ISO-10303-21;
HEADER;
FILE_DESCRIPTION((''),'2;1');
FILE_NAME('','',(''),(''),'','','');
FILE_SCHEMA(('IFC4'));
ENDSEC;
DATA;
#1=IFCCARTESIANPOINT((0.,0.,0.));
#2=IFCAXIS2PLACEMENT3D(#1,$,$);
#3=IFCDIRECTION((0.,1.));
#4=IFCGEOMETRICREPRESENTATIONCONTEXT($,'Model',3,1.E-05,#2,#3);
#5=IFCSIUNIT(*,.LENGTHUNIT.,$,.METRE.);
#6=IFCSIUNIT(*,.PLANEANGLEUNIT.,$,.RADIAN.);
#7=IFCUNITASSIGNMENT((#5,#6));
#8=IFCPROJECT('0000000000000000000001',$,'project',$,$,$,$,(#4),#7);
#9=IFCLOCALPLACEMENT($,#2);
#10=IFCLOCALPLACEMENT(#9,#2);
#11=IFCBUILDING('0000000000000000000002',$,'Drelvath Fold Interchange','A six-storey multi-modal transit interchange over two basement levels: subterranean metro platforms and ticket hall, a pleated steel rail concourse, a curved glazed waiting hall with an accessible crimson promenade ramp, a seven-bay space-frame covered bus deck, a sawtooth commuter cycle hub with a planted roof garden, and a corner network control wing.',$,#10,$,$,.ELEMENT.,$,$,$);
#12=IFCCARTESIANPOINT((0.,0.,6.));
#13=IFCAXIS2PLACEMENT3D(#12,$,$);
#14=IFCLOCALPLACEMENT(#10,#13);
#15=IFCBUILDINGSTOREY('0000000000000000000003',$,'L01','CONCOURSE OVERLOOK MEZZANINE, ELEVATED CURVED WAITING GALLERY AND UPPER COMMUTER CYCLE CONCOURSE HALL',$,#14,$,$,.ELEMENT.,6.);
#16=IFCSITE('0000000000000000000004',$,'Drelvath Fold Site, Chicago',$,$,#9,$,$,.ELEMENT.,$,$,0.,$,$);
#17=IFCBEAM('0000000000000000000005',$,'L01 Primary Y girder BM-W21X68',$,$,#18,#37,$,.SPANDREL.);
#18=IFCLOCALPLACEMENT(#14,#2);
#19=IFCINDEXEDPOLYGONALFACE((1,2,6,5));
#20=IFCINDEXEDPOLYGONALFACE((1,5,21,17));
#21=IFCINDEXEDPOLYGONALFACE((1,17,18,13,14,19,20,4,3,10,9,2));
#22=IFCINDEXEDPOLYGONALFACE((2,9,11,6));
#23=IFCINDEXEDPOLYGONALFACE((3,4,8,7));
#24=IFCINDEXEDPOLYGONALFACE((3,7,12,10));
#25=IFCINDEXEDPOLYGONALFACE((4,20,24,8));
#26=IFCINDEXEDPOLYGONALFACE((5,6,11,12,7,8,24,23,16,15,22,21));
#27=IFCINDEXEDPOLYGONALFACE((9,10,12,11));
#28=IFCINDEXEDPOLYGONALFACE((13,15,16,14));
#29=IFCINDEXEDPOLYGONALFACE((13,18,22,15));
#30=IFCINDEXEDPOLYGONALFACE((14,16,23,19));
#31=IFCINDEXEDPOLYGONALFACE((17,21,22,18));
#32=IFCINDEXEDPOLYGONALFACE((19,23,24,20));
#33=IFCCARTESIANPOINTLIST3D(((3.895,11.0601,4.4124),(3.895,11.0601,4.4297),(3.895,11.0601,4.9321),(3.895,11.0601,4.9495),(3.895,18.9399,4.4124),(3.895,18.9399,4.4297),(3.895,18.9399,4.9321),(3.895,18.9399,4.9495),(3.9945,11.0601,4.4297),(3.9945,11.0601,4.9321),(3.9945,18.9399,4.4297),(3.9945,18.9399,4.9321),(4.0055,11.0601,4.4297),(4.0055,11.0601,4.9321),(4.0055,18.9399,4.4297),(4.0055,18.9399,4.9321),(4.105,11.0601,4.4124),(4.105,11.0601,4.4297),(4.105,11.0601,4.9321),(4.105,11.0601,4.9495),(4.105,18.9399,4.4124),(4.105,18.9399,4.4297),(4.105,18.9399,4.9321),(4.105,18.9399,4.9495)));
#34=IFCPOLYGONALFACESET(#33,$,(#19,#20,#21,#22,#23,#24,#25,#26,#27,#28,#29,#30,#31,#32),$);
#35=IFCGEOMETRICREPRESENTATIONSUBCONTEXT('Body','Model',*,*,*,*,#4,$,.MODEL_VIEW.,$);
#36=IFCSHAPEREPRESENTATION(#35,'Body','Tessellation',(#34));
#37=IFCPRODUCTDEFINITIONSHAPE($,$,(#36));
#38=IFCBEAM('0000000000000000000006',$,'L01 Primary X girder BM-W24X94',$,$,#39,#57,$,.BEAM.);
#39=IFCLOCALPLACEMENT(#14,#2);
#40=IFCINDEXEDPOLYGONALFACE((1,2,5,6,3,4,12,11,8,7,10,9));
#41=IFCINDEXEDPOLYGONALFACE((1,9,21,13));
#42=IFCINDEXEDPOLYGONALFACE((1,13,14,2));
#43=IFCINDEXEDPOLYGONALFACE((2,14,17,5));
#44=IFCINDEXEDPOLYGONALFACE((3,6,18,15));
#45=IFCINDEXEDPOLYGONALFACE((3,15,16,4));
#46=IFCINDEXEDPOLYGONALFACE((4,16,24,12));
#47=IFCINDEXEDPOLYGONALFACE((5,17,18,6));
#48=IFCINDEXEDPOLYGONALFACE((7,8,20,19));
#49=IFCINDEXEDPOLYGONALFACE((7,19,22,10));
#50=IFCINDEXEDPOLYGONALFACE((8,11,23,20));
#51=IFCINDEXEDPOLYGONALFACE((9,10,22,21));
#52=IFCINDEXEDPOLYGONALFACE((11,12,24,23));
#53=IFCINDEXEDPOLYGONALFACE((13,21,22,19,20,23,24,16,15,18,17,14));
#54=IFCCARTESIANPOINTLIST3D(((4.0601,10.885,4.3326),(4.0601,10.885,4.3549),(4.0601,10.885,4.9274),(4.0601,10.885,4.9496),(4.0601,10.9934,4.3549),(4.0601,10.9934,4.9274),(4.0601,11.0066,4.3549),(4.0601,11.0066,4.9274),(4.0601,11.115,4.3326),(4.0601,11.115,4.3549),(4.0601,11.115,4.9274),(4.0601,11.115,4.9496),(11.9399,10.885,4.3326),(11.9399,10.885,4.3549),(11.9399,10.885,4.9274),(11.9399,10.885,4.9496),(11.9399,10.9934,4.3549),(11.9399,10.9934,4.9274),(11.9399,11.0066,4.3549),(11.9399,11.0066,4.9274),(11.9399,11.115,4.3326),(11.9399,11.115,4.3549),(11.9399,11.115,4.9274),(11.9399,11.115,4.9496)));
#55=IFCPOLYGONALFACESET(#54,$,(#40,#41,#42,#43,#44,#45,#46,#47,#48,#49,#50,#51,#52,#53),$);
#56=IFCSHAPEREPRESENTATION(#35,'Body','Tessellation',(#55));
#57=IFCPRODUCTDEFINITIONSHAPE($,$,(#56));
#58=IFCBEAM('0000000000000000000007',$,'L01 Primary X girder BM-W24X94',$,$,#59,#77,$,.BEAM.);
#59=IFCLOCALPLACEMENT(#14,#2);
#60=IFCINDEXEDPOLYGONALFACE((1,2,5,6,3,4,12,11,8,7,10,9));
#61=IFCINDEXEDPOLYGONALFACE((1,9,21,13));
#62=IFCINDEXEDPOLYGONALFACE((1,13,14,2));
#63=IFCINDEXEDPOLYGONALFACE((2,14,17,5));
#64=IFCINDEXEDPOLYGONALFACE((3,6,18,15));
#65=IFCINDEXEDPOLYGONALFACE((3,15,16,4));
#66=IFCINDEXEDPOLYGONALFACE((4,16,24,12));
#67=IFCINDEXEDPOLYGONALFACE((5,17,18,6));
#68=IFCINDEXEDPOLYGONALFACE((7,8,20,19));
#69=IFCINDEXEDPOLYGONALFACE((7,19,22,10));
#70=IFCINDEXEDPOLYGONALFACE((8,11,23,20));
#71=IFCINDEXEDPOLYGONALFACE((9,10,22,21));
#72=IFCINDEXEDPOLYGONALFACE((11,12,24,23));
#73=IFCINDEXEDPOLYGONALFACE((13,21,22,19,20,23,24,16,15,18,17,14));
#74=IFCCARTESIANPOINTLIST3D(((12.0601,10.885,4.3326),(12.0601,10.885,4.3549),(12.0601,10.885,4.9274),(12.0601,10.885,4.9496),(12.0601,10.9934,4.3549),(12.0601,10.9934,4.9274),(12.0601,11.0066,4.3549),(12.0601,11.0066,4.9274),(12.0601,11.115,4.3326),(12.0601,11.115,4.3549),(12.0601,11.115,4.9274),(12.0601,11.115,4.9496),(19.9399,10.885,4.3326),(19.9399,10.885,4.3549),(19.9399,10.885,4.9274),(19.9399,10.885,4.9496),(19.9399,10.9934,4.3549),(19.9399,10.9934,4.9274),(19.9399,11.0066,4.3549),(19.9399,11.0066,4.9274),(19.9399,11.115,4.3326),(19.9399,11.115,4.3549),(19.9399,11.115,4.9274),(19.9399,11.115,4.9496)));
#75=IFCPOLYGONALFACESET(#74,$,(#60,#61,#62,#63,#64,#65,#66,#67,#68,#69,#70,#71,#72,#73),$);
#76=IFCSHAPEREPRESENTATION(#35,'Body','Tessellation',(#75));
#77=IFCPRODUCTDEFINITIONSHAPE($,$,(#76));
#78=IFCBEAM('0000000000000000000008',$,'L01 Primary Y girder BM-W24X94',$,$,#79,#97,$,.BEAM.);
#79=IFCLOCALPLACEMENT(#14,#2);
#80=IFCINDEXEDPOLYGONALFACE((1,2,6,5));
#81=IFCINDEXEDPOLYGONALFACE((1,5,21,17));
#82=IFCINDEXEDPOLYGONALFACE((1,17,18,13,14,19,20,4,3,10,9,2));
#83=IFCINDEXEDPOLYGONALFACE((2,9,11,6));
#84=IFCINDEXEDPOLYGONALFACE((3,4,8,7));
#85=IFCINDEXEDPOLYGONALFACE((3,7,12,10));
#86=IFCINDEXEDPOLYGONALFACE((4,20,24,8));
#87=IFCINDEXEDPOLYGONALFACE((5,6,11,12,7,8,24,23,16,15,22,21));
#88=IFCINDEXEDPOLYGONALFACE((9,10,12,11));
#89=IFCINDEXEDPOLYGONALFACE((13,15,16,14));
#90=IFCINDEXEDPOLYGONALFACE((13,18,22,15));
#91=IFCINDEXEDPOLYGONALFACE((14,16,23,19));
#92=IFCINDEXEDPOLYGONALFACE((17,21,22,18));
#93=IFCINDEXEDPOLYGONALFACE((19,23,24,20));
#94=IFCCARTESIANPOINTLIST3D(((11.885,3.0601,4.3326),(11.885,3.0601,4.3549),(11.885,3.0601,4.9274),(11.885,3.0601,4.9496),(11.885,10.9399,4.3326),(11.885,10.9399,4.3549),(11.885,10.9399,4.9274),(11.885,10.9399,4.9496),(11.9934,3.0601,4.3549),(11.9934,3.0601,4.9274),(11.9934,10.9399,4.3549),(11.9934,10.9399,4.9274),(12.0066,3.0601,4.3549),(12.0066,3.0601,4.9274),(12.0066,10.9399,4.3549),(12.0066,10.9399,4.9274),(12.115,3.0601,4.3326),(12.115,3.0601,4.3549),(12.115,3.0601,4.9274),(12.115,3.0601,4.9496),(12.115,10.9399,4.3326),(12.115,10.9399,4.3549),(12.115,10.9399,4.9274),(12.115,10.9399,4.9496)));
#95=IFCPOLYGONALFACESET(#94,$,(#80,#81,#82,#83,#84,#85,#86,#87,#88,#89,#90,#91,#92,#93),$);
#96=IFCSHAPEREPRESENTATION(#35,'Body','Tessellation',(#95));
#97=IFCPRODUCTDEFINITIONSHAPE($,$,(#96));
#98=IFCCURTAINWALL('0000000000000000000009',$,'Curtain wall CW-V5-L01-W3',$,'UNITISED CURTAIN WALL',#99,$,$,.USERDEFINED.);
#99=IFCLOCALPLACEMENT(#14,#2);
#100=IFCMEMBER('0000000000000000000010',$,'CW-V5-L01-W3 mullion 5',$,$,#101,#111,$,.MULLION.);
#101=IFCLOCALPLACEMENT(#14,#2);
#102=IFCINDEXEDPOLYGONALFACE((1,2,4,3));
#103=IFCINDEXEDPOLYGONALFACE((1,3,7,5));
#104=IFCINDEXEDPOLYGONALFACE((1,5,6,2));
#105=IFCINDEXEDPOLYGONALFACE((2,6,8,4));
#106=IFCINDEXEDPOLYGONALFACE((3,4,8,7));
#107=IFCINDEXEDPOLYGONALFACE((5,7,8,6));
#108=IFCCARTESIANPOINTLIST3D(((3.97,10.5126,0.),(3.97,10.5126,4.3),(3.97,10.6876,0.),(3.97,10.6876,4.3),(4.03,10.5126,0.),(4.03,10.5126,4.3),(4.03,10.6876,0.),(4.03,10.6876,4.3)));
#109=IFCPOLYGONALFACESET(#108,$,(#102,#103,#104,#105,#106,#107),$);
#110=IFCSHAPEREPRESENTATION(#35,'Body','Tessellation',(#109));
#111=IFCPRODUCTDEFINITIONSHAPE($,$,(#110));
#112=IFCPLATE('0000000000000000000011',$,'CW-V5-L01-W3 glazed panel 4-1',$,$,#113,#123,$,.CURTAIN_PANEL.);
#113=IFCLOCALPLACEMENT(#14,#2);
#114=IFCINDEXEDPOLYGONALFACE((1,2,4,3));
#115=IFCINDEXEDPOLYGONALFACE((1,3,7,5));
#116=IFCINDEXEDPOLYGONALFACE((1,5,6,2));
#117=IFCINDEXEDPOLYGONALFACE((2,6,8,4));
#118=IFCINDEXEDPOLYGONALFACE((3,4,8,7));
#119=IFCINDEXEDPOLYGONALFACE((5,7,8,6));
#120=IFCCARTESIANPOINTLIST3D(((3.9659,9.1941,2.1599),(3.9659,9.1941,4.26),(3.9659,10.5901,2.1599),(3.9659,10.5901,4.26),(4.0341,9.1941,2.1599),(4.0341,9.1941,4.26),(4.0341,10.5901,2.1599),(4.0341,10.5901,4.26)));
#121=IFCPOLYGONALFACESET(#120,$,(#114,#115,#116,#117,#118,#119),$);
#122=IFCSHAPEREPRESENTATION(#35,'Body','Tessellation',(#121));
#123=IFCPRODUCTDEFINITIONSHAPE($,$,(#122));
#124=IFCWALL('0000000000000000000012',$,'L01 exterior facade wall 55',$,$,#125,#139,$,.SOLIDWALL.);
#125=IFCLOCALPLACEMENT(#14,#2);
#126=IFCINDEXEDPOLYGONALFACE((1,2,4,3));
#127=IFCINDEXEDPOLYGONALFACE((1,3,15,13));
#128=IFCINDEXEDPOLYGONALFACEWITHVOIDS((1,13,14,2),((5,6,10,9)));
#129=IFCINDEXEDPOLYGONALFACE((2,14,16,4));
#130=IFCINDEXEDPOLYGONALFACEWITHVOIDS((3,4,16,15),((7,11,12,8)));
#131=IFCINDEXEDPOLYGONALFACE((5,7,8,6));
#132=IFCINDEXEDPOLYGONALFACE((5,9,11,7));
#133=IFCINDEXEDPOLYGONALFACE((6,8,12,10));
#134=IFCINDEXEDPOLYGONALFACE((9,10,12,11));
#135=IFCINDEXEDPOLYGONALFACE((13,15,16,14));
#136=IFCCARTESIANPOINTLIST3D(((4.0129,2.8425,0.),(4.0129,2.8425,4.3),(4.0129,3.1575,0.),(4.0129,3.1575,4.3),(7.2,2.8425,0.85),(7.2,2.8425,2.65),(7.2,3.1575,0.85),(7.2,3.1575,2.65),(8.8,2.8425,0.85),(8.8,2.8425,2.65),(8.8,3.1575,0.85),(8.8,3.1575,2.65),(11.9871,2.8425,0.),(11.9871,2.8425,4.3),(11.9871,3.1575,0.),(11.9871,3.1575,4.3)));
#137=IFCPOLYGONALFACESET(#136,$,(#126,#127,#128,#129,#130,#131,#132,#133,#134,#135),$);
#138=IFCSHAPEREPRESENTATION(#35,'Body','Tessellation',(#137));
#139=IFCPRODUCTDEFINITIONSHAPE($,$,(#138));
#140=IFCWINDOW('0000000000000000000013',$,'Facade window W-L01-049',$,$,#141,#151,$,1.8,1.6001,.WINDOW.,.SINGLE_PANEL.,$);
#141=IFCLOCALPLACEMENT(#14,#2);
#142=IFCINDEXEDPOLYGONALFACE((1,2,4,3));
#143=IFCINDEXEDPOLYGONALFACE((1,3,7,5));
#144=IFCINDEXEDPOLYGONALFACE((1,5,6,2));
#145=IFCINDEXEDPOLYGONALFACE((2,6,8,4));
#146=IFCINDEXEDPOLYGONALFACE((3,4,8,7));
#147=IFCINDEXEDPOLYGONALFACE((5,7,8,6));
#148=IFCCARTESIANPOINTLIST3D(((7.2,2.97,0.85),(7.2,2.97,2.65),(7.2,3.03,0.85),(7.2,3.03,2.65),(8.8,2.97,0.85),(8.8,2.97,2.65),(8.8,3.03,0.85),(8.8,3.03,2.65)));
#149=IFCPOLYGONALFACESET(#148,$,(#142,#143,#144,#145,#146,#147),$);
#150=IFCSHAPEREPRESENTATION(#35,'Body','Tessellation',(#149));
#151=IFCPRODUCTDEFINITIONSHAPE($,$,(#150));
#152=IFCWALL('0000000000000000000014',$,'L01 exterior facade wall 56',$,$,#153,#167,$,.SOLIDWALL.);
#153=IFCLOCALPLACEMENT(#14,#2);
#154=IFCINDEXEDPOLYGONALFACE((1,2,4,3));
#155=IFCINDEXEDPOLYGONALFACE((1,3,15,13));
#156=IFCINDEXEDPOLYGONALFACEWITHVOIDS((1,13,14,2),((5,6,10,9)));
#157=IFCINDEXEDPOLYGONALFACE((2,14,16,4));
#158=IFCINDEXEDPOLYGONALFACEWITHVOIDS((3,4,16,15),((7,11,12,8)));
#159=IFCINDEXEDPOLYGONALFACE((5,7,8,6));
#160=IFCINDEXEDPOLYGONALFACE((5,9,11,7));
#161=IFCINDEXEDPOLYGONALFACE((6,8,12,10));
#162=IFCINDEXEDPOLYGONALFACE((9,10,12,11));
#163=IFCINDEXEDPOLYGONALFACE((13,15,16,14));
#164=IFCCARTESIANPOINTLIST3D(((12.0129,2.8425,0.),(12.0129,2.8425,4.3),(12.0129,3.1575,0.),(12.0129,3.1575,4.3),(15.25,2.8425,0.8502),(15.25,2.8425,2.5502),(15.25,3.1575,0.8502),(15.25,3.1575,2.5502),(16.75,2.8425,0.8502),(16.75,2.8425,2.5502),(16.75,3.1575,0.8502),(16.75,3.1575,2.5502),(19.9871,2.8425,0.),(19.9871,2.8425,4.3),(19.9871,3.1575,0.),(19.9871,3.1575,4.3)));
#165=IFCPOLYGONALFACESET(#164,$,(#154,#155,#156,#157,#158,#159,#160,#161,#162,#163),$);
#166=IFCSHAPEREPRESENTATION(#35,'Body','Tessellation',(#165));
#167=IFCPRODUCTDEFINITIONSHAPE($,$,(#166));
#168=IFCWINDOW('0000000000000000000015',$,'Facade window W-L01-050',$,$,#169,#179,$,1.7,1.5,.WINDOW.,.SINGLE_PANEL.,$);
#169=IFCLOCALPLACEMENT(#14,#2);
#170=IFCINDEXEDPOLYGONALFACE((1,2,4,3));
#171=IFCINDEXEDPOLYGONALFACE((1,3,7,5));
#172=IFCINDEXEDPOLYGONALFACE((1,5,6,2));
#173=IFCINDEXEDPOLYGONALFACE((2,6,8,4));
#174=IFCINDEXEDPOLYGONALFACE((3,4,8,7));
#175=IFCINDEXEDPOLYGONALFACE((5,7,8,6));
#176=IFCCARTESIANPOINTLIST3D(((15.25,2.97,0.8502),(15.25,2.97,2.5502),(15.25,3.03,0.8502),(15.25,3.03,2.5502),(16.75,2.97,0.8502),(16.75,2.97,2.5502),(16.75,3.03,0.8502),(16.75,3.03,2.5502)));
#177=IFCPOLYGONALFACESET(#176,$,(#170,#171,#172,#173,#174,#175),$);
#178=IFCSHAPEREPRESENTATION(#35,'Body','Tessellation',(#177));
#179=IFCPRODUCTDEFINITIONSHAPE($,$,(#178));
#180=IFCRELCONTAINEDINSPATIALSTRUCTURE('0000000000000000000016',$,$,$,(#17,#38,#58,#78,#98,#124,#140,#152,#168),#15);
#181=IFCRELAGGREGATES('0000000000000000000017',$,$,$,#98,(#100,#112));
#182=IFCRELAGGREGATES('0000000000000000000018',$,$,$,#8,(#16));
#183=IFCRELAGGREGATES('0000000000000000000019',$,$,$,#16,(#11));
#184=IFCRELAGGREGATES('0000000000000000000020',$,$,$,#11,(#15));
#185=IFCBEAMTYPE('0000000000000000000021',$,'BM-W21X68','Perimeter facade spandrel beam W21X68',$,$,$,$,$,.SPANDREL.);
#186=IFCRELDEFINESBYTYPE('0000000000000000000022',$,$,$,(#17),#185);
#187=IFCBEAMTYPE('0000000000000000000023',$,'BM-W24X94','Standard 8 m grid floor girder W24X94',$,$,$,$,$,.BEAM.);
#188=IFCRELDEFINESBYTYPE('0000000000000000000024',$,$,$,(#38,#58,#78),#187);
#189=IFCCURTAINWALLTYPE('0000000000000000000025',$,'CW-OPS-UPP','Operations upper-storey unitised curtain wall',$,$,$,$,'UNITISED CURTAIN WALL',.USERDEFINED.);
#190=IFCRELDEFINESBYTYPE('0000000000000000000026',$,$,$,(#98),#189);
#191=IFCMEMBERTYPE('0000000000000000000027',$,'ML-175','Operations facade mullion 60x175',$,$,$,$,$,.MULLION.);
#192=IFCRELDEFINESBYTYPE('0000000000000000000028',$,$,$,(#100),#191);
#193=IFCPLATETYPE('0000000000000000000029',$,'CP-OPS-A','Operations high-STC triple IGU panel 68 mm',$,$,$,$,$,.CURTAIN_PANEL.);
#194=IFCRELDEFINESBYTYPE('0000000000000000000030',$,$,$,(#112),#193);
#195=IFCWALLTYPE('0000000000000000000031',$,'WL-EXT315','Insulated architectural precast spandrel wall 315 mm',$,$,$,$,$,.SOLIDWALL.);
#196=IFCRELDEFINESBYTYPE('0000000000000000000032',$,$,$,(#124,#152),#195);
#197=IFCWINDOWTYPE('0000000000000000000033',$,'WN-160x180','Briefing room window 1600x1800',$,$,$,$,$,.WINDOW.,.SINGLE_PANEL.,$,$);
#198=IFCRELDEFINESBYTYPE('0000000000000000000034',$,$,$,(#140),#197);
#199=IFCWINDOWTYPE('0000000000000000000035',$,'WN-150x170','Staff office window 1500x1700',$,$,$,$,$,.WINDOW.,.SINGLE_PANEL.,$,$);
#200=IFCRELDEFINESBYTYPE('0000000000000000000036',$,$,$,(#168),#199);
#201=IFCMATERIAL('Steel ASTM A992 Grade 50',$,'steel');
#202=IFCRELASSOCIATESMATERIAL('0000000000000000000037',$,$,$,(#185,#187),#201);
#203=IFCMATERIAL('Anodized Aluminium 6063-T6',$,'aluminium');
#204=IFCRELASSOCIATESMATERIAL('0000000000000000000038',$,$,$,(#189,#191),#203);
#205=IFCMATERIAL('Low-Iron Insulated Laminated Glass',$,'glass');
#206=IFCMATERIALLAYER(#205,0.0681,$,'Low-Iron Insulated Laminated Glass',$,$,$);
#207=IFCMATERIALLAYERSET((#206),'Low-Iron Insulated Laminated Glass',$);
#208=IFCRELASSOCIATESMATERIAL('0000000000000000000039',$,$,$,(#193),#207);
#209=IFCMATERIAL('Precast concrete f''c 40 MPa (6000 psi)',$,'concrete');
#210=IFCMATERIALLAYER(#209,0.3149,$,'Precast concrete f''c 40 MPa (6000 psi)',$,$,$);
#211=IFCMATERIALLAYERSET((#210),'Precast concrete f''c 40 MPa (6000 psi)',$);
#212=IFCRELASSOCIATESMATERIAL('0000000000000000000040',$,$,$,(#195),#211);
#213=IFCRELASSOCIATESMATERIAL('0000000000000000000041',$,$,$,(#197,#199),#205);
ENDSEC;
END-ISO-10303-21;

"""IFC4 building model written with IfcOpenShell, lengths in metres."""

from ifc_helpers import new_model, si_unit, direction, frame, frame_2d, origin, origin_2d, place, context, subcontext, project, spatial, rectangle, i_section, extrude, material, layer, layer_set, material_profile, profile_set, type_object, element, fill, aggregate, save


model = new_model("IFC4")

# Units and contexts
model_context = context("Model", 3, precision=1e-05, world=origin(), true_north=direction((0.0, 1.0)))
body_context = subcontext(model_context, "Body", "Model", "MODEL_VIEW")
ifc_project = project(units=[si_unit("LENGTHUNIT", "METRE"), si_unit("PLANEANGLEUNIT", "RADIAN")], contexts=[model_context])

# Site, building, storey
site_placement = place(None, origin())
site = spatial("IfcSite", under=ifc_project, at=site_placement, Name="Drelvath Fold Site, Chicago", CompositionType="ELEMENT", RefElevation=0.0)
building_placement = place(site_placement, origin())
building = spatial("IfcBuilding", under=site, at=building_placement, Name="Drelvath Fold Interchange", Description="A six-storey multi-modal transit interchange over two basement levels: subterranean metro platforms and ticket hall, a pleated steel rail concourse, a curved glazed waiting hall with an accessible crimson promenade ramp, a seven-bay space-frame covered bus deck, a sawtooth commuter cycle hub with a planted roof garden, and a corner network control wing.", CompositionType="ELEMENT")
storey_placement = place(building_placement, frame((0.0, 0.0, 6.0)))
storey = spatial("IfcBuildingStorey", under=building, at=storey_placement, Name="L01", Description="CONCOURSE OVERLOOK MEZZANINE, ELEVATED CURVED WAITING GALLERY AND UPPER COMMUTER CYCLE CONCOURSE HALL", CompositionType="ELEMENT", Elevation=6.0)

# Shared definitions
ifc_material_1 = material(Name="Steel ASTM A992 Grade 50", Category="steel")

# Beams
ifc_material_profile_1 = material_profile(ifc_material_1, i_section(OverallWidth=0.21, OverallDepth=0.5371, WebThickness=0.011, FlangeThickness=0.0173, at=origin_2d()), Name="W21X68")
ifc_profile_set_1 = profile_set([ifc_material_profile_1], Name="Steel ASTM A992 Grade 50")
beam_type_1 = type_object("IfcBeamType", Name="BM-W21X68", Description="Perimeter facade spandrel beam W21X68", PredefinedType="SPANDREL", material=ifc_profile_set_1)
for number, where, z_axis, x_axis, name in (
    (1, (4.0, 11.0601, 4.6809), (0.0, 1.0, 0.0), (-1.0, 0.0, 0.0), "L01 Primary Y girder BM-W21X68"),
):
    element("IfcBeam", number, at=place(storey_placement, frame(where, z_axis=z_axis, x_axis=x_axis)), inside=storey, type_object=beam_type_1, Name=name, PredefinedType="SPANDREL", context=body_context, shape_type="SweptSolid", body=[
        extrude(i_section(OverallWidth=0.21, OverallDepth=0.5371, WebThickness=0.011, FlangeThickness=0.0173, at=origin_2d()), origin(), (0.0, 0.0, 1.0), 7.8799),
    ])
ifc_material_profile_2 = material_profile(ifc_material_1, i_section(OverallWidth=0.23, OverallDepth=0.6169, WebThickness=0.0132, FlangeThickness=0.0222, at=origin_2d()), Name="W24X94")
ifc_profile_set_2 = profile_set([ifc_material_profile_2], Name="Steel ASTM A992 Grade 50")
beam_type_2 = type_object("IfcBeamType", Name="BM-W24X94", Description="Standard 8 m grid floor girder W24X94", PredefinedType="BEAM", material=ifc_profile_set_2)
for number, where, z_axis, x_axis, name in (
    (2, (4.0601, 11.0, 4.6411), (1.0, 0.0, 0.0), (0.0, 1.0, 0.0), "L01 Primary X girder BM-W24X94"),
    (3, (12.0601, 11.0, 4.6411), (1.0, 0.0, 0.0), (0.0, 1.0, 0.0), "L01 Primary X girder BM-W24X94"),
    (4, (12.0, 3.0601, 4.6411), (0.0, 1.0, 0.0), (-1.0, 0.0, 0.0), "L01 Primary Y girder BM-W24X94"),
):
    element("IfcBeam", number, at=place(storey_placement, frame(where, z_axis=z_axis, x_axis=x_axis)), inside=storey, type_object=beam_type_2, Name=name, PredefinedType="BEAM", context=body_context, shape_type="SweptSolid", body=[
        extrude(i_section(OverallWidth=0.23, OverallDepth=0.6169, WebThickness=0.0132, FlangeThickness=0.0222, at=origin_2d()), origin(), (0.0, 0.0, 1.0), 7.8799),
    ])

# Curtain wall, member, plate
ifc_material_2 = material(Name="Anodized Aluminium 6063-T6", Category="aluminium")
curtain_wall_type = type_object("IfcCurtainWallType", Name="CW-OPS-UPP", Description="Operations upper-storey unitised curtain wall", ElementType="UNITISED CURTAIN WALL", PredefinedType="USERDEFINED", material=ifc_material_2)
curtain_wall_placement = place(storey_placement, origin())
curtain_wall = element("IfcCurtainWall", 5, at=curtain_wall_placement, inside=storey, type_object=curtain_wall_type, Name="Curtain wall CW-V5-L01-W3", ObjectType="UNITISED CURTAIN WALL", PredefinedType="USERDEFINED")
ifc_material_profile_3 = material_profile(ifc_material_2, rectangle(XDim=0.0601, YDim=0.175, at=origin_2d()), Name="AL-M 60x175")
ifc_profile_set_3 = profile_set([ifc_material_profile_3], Name="Anodized Aluminium 6063-T6")
member_type = type_object("IfcMemberType", Name="ML-175", Description="Operations facade mullion 60x175", PredefinedType="MULLION", material=ifc_profile_set_3)
member_placement = place(storey_placement, frame((4.0, 10.6001, 0.0), z_axis=(0.0, 0.0, 1.0), x_axis=(1.0, 0.0, 0.0)))
member = element("IfcMember", 6, at=member_placement, type_object=member_type, Name="CW-V5-L01-W3 mullion 5", PredefinedType="MULLION", context=body_context, shape_type="SweptSolid", body=[
    extrude(rectangle(XDim=0.0601, YDim=0.175, at=origin_2d()), origin(), (0.0, 0.0, 1.0), 4.3),
])
ifc_material_3 = material(Name="Low-Iron Insulated Laminated Glass", Category="glass")
ifc_layer_1 = layer(ifc_material_3, 0.0681, Name="Low-Iron Insulated Laminated Glass")
ifc_layer_set_1 = layer_set([ifc_layer_1], Name="Low-Iron Insulated Laminated Glass")
plate_type = type_object("IfcPlateType", Name="CP-OPS-A", Description="Operations high-STC triple IGU panel 68 mm", PredefinedType="CURTAIN_PANEL", material=ifc_layer_set_1)
plate_placement = place(storey_placement, frame((4.0, 9.8921, 2.1599), z_axis=(0.0, 0.0, 1.0), x_axis=(0.0, 1.0, 0.0)))
plate = element("IfcPlate", 7, at=plate_placement, type_object=plate_type, Name="CW-V5-L01-W3 glazed panel 4-1", PredefinedType="CURTAIN_PANEL", context=body_context, shape_type="SweptSolid", body=[
    extrude(rectangle(XDim=1.396, YDim=0.0681, at=origin_2d()), origin(), (0.0, 0.0, 1.0), 2.1001),
])
aggregate(curtain_wall, [member, plate])

# Walls, openings, windows
ifc_material_4 = material(Name="Precast concrete f'c 40 MPa (6000 psi)", Category="concrete")
ifc_layer_2 = layer(ifc_material_4, 0.3149, Name="Precast concrete f'c 40 MPa (6000 psi)")
ifc_layer_set_2 = layer_set([ifc_layer_2], Name="Precast concrete f'c 40 MPa (6000 psi)")
wall_type_1 = type_object("IfcWallType", Name="WL-EXT315", Description="Insulated architectural precast spandrel wall 315 mm", PredefinedType="SOLIDWALL", material=ifc_layer_set_2)
wall_1_placement = place(storey_placement, frame((4.0129, 3.0, 0.0), z_axis=(0.0, 0.0, 1.0), x_axis=(1.0, 0.0, 0.0)))
wall_1 = element("IfcWall", 8, at=wall_1_placement, inside=storey, type_object=wall_type_1, Name="L01 exterior facade wall 55", PredefinedType="SOLIDWALL", context=body_context, shape_type="SweptSolid", body=[
    extrude(rectangle(XDim=7.9741, YDim=0.3149, at=frame_2d((3.9871, 0.0))), origin(), (0.0, 0.0, 1.0), 4.3),
])
opening_1_placement = place(wall_1_placement, frame((3.187, 0.0, 0.8501)))
opening_1 = element("IfcOpeningElement", 9, at=opening_1_placement, cuts=wall_1, PredefinedType="OPENING", context=body_context, shape_type="SweptSolid", body=[
    extrude(rectangle(XDim=1.6001, YDim=1.8, at=frame_2d((0.8, 0.8999))), frame((0.0, 0.1675, 0.0), z_axis=(0.0, -1.0, 0.0), x_axis=(1.0, 0.0, 0.0)), (0.0, 0.0, 1.0), 0.335),
])
window_type_1 = type_object("IfcWindowType", Name="WN-160x180", Description="Briefing room window 1600x1800", PartitioningType="SINGLE_PANEL", PredefinedType="WINDOW", material=ifc_material_3)
window_1_placement = place(opening_1_placement, origin())
window_1 = element("IfcWindow", 10, at=window_1_placement, inside=storey, type_object=window_type_1, Name="Facade window W-L01-049", OverallHeight=1.8, OverallWidth=1.6001, PartitioningType="SINGLE_PANEL", PredefinedType="WINDOW", context=body_context, shape_type="SweptSolid", body=[
    extrude(rectangle(XDim=1.6001, YDim=1.8, at=frame_2d((0.8, 0.8999))), frame((0.0, 0.03, 0.0), z_axis=(0.0, -1.0, 0.0), x_axis=(1.0, 0.0, 0.0)), (0.0, 0.0, 1.0), 0.0601),
])
fill(opening_1, window_1)
wall_2_placement = place(storey_placement, frame((12.0129, 3.0, 0.0), z_axis=(0.0, 0.0, 1.0), x_axis=(1.0, 0.0, 0.0)))
wall_2 = element("IfcWall", 11, at=wall_2_placement, inside=storey, type_object=wall_type_1, Name="L01 exterior facade wall 56", PredefinedType="SOLIDWALL", context=body_context, shape_type="SweptSolid", body=[
    extrude(rectangle(XDim=7.9741, YDim=0.3149, at=frame_2d((3.9871, 0.0))), origin(), (0.0, 0.0, 1.0), 4.3),
])
opening_2_placement = place(wall_2_placement, frame((3.2371, 0.0, 0.8501)))
opening_2 = element("IfcOpeningElement", 12, at=opening_2_placement, cuts=wall_2, PredefinedType="OPENING", context=body_context, shape_type="SweptSolid", body=[
    extrude(rectangle(XDim=1.5, YDim=1.7, at=frame_2d((0.75, 0.8501))), frame((0.0, 0.1675, 0.0), z_axis=(0.0, -1.0, 0.0), x_axis=(1.0, 0.0, 0.0)), (0.0, 0.0, 1.0), 0.335),
])
window_type_2 = type_object("IfcWindowType", Name="WN-150x170", Description="Staff office window 1500x1700", PartitioningType="SINGLE_PANEL", PredefinedType="WINDOW", material=ifc_material_3)
window_2_placement = place(opening_2_placement, origin())
window_2 = element("IfcWindow", 13, at=window_2_placement, inside=storey, type_object=window_type_2, Name="Facade window W-L01-050", OverallHeight=1.7, OverallWidth=1.5, PartitioningType="SINGLE_PANEL", PredefinedType="WINDOW", context=body_context, shape_type="SweptSolid", body=[
    extrude(rectangle(XDim=1.5, YDim=1.7, at=frame_2d((0.75, 0.8501))), frame((0.0, 0.03, 0.0), z_axis=(0.0, -1.0, 0.0), x_axis=(1.0, 0.0, 0.0)), (0.0, 0.0, 1.0), 0.0601),
])
fill(opening_2, window_2)

save(model, "model.ifc")
